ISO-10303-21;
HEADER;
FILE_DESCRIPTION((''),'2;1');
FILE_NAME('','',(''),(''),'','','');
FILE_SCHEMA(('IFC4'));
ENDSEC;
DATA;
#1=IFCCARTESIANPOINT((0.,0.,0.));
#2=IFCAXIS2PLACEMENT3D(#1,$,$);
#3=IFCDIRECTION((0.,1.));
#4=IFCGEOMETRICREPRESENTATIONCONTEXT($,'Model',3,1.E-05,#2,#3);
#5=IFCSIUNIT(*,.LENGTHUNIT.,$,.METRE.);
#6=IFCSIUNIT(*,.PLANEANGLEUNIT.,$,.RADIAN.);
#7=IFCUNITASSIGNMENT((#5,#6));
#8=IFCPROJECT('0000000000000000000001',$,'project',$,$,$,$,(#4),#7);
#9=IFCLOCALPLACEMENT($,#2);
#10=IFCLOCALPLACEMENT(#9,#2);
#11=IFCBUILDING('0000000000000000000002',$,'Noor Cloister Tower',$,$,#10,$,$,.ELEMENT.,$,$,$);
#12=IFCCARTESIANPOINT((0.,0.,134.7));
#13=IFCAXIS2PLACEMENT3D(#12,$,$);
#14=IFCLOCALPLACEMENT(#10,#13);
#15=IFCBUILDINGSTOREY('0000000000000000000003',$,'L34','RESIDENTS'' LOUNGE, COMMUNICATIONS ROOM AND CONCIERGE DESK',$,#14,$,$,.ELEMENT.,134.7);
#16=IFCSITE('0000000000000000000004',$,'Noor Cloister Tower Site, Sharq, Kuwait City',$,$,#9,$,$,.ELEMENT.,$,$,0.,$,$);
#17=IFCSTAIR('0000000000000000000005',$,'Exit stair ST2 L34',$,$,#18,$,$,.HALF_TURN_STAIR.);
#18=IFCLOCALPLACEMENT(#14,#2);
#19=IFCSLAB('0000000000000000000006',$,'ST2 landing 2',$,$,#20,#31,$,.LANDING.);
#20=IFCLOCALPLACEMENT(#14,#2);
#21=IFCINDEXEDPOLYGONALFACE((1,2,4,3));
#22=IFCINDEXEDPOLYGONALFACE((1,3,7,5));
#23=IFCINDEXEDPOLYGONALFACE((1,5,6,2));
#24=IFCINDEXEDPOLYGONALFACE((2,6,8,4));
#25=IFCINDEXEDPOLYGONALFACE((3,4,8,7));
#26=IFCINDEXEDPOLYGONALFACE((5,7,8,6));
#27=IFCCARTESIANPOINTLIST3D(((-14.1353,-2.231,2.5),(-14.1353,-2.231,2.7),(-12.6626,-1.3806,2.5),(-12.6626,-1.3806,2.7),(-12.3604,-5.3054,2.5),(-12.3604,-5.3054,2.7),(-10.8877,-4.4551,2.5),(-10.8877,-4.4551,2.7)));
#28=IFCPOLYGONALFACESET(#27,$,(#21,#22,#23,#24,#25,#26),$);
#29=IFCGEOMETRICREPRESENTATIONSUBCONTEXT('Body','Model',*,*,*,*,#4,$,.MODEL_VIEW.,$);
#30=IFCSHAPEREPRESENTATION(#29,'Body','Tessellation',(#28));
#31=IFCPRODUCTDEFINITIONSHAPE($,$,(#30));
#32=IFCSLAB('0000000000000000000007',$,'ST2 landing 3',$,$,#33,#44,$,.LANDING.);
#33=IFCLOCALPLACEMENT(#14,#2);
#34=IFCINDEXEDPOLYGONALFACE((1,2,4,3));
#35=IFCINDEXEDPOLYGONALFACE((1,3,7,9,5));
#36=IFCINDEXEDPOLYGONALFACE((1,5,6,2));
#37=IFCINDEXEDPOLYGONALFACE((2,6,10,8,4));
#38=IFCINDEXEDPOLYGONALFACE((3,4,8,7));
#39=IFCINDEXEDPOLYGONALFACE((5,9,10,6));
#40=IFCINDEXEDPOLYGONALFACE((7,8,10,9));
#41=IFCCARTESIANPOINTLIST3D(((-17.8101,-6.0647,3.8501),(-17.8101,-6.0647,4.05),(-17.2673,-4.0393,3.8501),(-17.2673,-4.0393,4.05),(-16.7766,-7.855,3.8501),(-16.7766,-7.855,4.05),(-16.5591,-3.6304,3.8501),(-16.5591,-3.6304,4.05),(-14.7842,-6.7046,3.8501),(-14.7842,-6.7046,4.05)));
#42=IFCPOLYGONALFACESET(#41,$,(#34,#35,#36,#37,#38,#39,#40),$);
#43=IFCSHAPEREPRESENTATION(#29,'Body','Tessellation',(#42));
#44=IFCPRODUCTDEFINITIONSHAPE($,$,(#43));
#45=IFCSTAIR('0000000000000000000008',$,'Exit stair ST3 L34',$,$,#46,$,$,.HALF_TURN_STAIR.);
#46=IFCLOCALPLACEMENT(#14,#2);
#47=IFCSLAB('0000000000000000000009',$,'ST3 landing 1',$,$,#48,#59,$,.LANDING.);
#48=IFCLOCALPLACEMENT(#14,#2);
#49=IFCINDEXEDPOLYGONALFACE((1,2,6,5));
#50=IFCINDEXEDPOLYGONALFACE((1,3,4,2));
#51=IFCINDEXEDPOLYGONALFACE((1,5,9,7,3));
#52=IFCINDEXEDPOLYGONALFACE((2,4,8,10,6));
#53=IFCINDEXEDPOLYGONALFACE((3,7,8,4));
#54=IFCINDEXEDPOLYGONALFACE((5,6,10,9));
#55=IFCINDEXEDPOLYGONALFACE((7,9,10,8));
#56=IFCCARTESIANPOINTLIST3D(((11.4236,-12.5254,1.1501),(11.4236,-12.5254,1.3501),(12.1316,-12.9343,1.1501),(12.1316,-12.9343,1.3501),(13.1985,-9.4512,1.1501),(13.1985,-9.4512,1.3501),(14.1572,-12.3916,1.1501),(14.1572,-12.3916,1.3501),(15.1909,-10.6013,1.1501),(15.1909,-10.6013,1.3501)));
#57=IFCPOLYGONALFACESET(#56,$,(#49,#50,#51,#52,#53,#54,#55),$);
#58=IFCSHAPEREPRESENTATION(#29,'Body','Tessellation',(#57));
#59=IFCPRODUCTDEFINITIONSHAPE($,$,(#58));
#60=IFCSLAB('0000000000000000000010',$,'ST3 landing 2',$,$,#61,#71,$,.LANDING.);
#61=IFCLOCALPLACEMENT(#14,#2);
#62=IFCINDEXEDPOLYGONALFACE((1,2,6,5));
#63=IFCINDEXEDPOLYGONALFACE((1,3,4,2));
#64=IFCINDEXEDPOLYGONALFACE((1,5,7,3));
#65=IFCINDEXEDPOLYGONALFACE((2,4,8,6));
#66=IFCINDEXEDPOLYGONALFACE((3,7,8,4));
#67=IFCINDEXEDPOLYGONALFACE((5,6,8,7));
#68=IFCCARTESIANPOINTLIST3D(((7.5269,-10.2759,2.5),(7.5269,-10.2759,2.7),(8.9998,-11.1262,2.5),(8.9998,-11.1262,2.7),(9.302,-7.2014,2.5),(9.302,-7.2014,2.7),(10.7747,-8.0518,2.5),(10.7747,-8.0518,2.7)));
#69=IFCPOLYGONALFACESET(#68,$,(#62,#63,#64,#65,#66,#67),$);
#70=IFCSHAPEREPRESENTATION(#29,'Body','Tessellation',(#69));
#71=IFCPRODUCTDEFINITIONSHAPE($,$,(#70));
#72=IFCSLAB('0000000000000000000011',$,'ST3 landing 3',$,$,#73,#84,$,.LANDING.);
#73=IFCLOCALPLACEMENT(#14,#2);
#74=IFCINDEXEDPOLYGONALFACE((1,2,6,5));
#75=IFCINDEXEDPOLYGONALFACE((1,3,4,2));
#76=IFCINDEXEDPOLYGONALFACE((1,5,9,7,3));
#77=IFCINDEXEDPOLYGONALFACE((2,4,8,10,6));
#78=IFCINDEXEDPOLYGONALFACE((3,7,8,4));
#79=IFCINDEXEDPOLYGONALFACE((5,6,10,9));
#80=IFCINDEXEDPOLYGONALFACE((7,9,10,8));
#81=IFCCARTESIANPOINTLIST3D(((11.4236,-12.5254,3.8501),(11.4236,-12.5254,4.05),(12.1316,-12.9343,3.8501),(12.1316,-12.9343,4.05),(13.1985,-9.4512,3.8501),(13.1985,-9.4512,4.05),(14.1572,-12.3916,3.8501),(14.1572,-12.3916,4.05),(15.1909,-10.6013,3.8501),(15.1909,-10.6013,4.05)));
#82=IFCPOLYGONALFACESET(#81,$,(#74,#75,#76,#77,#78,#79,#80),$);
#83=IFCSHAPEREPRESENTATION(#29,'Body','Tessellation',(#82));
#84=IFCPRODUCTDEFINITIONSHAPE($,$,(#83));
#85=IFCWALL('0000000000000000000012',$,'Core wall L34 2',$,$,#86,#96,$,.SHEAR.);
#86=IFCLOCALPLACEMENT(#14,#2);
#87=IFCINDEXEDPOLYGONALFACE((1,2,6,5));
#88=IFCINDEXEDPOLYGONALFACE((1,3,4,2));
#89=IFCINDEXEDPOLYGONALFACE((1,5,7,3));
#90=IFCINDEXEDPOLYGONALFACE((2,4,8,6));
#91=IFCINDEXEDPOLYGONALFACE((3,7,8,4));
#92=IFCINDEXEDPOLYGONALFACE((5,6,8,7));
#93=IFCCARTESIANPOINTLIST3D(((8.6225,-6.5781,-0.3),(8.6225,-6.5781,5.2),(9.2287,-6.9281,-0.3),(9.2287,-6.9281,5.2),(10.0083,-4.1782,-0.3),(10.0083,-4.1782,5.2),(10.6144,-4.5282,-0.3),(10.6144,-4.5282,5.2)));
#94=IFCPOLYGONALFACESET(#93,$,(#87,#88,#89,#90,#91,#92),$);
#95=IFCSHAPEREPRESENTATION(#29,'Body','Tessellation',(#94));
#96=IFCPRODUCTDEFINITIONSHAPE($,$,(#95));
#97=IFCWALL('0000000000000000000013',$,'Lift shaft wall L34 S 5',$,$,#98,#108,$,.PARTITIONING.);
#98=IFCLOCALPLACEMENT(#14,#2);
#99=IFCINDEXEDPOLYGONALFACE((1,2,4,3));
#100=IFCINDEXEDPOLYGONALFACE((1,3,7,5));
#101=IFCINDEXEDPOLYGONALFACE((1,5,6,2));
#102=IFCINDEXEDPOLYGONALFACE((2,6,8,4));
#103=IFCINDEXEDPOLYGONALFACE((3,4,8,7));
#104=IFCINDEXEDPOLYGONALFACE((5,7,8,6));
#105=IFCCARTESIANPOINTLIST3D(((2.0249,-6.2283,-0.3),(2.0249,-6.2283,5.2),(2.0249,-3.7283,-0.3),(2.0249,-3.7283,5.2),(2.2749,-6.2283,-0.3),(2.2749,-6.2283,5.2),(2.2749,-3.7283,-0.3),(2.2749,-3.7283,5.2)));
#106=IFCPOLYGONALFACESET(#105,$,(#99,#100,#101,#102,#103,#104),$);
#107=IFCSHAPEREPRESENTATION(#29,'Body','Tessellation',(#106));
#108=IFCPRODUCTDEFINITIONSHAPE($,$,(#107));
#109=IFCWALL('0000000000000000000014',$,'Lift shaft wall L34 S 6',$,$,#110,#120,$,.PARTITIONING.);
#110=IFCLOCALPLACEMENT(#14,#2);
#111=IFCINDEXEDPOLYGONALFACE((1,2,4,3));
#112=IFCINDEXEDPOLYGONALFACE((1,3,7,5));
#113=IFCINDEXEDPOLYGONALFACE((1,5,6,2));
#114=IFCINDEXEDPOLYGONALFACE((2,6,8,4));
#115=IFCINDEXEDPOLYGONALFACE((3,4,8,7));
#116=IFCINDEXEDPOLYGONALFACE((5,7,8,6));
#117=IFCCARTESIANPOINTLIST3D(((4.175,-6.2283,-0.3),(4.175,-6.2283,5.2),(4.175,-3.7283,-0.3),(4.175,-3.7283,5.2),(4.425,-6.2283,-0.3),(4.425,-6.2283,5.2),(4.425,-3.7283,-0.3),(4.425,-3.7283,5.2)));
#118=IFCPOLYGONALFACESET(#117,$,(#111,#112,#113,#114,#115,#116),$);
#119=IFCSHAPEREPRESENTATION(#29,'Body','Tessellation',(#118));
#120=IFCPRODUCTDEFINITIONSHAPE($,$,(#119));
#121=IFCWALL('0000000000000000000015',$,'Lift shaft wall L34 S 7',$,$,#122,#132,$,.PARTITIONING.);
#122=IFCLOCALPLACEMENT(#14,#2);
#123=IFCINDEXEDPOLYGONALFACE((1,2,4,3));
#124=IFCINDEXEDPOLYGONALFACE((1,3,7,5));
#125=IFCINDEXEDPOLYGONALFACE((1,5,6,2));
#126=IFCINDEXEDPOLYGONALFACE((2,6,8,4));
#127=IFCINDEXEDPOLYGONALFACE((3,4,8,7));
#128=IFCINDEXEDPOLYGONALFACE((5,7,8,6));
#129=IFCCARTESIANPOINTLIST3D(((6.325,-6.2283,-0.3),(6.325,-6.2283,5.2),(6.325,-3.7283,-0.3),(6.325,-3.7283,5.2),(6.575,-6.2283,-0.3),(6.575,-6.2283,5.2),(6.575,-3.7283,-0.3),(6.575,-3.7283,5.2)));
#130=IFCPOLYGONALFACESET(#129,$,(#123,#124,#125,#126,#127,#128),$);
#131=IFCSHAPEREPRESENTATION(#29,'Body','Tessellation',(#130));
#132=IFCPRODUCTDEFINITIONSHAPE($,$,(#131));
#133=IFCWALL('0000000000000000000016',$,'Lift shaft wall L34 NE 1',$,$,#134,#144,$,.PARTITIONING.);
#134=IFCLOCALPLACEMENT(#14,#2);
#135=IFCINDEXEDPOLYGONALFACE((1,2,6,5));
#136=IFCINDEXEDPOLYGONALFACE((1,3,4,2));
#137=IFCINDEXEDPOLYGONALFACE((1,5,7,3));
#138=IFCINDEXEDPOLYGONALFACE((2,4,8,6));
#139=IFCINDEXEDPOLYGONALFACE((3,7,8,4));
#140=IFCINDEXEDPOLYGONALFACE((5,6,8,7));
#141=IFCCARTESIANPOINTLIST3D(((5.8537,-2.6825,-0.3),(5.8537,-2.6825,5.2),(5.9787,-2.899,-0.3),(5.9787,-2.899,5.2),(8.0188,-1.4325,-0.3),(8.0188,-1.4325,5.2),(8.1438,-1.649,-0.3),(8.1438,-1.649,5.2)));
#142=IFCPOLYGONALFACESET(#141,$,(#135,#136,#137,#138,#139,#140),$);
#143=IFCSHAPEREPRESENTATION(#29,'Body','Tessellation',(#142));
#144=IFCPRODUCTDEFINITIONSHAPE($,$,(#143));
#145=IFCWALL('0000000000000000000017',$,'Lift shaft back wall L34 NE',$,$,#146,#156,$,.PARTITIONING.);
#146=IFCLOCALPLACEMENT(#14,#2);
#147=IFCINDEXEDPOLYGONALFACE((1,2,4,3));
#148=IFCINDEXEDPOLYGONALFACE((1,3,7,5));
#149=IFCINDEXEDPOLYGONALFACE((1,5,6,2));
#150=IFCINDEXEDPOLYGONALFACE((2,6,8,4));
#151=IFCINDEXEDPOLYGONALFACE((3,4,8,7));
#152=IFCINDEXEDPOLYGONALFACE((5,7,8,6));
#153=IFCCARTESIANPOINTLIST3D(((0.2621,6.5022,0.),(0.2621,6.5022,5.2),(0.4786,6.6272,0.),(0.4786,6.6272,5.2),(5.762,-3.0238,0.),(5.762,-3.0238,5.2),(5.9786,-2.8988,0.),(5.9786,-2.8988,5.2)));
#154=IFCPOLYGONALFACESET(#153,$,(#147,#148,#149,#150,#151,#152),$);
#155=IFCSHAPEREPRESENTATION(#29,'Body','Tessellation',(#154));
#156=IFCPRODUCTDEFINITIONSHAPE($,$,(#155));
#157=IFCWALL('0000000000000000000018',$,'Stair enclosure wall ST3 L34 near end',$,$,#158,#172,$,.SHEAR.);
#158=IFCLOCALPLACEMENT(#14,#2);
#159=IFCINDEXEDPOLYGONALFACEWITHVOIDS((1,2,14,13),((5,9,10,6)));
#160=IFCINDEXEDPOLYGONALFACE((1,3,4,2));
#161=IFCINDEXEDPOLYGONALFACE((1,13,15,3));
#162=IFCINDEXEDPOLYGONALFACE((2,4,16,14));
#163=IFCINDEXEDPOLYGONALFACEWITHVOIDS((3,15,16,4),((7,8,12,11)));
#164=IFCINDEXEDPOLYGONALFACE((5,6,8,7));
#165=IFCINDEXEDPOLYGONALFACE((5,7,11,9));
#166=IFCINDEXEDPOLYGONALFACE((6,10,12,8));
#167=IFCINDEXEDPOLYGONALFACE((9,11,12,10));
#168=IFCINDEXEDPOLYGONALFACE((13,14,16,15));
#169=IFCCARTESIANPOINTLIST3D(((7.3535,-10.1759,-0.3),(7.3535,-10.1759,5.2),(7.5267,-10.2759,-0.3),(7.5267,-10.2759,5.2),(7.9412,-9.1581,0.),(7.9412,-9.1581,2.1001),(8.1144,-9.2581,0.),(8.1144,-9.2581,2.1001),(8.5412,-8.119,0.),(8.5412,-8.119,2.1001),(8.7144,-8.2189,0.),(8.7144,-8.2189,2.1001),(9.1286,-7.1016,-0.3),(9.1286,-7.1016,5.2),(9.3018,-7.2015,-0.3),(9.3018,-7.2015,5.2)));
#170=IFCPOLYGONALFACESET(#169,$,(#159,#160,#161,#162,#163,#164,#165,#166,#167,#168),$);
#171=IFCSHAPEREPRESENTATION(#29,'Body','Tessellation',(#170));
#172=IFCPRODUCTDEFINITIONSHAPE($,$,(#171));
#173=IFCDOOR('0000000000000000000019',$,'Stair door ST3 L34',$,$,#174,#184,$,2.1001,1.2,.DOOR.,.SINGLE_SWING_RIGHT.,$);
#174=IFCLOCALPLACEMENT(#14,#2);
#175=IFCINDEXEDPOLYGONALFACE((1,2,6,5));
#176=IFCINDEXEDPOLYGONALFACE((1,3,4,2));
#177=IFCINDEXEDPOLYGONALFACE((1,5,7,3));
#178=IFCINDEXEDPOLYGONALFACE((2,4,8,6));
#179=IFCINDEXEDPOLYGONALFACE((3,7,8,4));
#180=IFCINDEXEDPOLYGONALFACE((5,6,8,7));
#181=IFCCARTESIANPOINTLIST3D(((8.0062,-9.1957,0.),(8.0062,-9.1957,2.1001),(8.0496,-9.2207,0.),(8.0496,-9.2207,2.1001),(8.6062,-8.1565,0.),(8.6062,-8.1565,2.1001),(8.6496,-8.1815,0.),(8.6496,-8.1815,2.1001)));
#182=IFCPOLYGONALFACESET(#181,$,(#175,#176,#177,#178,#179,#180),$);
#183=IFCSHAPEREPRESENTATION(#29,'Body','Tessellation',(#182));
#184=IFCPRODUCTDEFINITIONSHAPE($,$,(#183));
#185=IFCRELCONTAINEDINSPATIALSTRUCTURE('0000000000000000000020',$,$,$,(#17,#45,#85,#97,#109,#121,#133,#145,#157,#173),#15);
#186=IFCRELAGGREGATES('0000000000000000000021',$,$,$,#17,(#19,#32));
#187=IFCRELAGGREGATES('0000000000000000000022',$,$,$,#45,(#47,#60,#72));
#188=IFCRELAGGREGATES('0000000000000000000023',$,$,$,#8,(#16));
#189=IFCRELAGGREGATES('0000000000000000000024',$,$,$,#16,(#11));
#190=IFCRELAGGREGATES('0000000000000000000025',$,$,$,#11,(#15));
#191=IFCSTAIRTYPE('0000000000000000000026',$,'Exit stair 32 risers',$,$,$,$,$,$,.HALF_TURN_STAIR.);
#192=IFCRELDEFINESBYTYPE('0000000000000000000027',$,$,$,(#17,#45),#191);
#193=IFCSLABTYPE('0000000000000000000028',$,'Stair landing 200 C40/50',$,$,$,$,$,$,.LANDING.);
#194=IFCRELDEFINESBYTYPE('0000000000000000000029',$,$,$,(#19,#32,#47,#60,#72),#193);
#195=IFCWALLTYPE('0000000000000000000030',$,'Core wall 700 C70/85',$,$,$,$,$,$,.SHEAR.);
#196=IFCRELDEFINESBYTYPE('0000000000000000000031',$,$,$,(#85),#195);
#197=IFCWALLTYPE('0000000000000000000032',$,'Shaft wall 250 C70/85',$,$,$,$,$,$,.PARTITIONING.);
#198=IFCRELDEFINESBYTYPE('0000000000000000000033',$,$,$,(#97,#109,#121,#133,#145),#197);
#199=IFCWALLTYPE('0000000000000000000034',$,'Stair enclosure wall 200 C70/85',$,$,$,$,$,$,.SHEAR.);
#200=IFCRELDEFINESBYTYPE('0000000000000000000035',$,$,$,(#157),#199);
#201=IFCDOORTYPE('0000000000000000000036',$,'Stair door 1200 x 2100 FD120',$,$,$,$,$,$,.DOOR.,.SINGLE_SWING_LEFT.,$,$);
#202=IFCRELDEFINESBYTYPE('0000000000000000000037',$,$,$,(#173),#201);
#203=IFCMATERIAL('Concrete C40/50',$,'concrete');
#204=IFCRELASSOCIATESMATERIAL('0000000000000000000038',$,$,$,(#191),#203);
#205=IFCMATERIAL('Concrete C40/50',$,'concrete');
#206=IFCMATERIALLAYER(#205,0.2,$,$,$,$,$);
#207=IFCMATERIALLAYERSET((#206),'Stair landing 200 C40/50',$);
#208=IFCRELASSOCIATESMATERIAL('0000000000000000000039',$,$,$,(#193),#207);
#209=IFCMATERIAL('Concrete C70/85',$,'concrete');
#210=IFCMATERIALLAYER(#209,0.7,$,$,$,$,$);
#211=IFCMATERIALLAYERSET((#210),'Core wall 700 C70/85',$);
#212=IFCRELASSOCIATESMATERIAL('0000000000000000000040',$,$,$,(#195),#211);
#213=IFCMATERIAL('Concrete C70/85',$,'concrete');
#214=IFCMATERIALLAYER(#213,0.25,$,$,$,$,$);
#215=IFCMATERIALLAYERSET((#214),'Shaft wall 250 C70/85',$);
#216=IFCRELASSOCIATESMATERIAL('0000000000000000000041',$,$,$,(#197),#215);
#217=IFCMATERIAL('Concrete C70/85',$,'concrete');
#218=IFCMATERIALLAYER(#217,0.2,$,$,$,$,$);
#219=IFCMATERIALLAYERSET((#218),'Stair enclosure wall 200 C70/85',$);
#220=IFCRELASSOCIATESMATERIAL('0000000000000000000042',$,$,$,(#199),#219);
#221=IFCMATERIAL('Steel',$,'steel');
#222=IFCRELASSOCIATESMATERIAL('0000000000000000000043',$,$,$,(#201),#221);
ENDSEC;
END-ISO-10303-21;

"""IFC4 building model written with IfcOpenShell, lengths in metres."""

from ifc_helpers import new_model, si_unit, direction, frame, frame_2d, origin, place, context, subcontext, project, spatial, polyline, rectangle, outline, extrude, material, layer, layer_set, type_object, element, fill, aggregate, save


model = new_model("IFC4")

# Units and contexts
model_context = context("Model", 3, precision=1e-05, world=origin(), true_north=direction((0.0, 1.0)))
body_context = subcontext(model_context, "Body", "Model", "MODEL_VIEW")
ifc_project = project(units=[si_unit("LENGTHUNIT", "METRE"), si_unit("PLANEANGLEUNIT", "RADIAN")], contexts=[model_context])

# Site, building, storey
site_placement = place(None, origin())
site = spatial("IfcSite", under=ifc_project, at=site_placement, Name="Noor Cloister Tower Site, Sharq, Kuwait City", CompositionType="ELEMENT", RefElevation=0.0)
building_placement = place(site_placement, origin())
building = spatial("IfcBuilding", under=site, at=building_placement, Name="Noor Cloister Tower", CompositionType="ELEMENT")
storey_placement = place(building_placement, frame((0.0, 0.0, 134.7)))
storey = spatial("IfcBuildingStorey", under=building, at=storey_placement, Name="L34", Description="RESIDENTS' LOUNGE, COMMUNICATIONS ROOM AND CONCIERGE DESK", CompositionType="ELEMENT", Elevation=134.7)

# Stairs, slabs
ifc_material_1 = material(Name="Concrete C40/50", Category="concrete")
stair_type = type_object("IfcStairType", Name="Exit stair 32 risers", PredefinedType="HALF_TURN_STAIR", material=ifc_material_1)
stair_1_placement = place(storey_placement, origin())
stair_1 = element("IfcStair", 1, at=stair_1_placement, inside=storey, type_object=stair_type, Name="Exit stair ST2 L34", PredefinedType="HALF_TURN_STAIR")
ifc_material_2 = material(Name="Concrete C40/50", Category="concrete")
ifc_layer_1 = layer(ifc_material_2, 0.2)
ifc_layer_set_1 = layer_set([ifc_layer_1], Name="Stair landing 200 C40/50")
slab_type = type_object("IfcSlabType", Name="Stair landing 200 C40/50", PredefinedType="LANDING", material=ifc_layer_set_1)
slab_1_placement = place(storey_placement, frame((0.0, 0.0, 2.5)))
slab_1 = element("IfcSlab", 2, at=slab_1_placement, type_object=slab_type, Name="ST2 landing 2", PredefinedType="LANDING", context=body_context, shape_type="SweptSolid", body=[
    extrude(outline(polyline([(-12.3604, -5.3054), (-10.8877, -4.4551), (-12.6626, -1.3806), (-14.1353, -2.231), (-12.3604, -5.3054)])), origin(), (0.0, 0.0, 1.0), 0.2),
])
slab_2_placement = place(storey_placement, frame((0.0, 0.0, 3.8501)))
slab_2 = element("IfcSlab", 3, at=slab_2_placement, type_object=slab_type, Name="ST2 landing 3", PredefinedType="LANDING", context=body_context, shape_type="SweptSolid", body=[
    extrude(outline(polyline([(-16.5591, -3.6304), (-17.2673, -4.0393), (-17.8101, -6.0647), (-16.7766, -7.855), (-14.7842, -6.7046), (-16.5591, -3.6304)])), origin(), (0.0, 0.0, 1.0), 0.2),
])
aggregate(stair_1, [slab_1, slab_2])
stair_2_placement = place(storey_placement, origin())
stair_2 = element("IfcStair", 4, at=stair_2_placement, inside=storey, type_object=stair_type, Name="Exit stair ST3 L34", PredefinedType="HALF_TURN_STAIR")
slab_3_placement = place(storey_placement, frame((0.0, 0.0, 1.1501)))
slab_3 = element("IfcSlab", 5, at=slab_3_placement, type_object=slab_type, Name="ST3 landing 1", PredefinedType="LANDING", context=body_context, shape_type="SweptSolid", body=[
    extrude(outline(polyline([(11.4236, -12.5254), (12.1316, -12.9343), (14.1572, -12.3916), (15.1909, -10.6013), (13.1985, -9.4512), (11.4236, -12.5254)])), origin(), (0.0, 0.0, 1.0), 0.2),
])
slab_4_placement = place(storey_placement, frame((0.0, 0.0, 2.5)))
slab_4 = element("IfcSlab", 6, at=slab_4_placement, type_object=slab_type, Name="ST3 landing 2", PredefinedType="LANDING", context=body_context, shape_type="SweptSolid", body=[
    extrude(outline(polyline([(10.7747, -8.0518), (9.302, -7.2014), (7.5269, -10.2759), (8.9998, -11.1262), (10.7747, -8.0518)])), origin(), (0.0, 0.0, 1.0), 0.2),
])
slab_5_placement = place(storey_placement, frame((0.0, 0.0, 3.8501)))
slab_5 = element("IfcSlab", 7, at=slab_5_placement, type_object=slab_type, Name="ST3 landing 3", PredefinedType="LANDING", context=body_context, shape_type="SweptSolid", body=[
    extrude(outline(polyline([(11.4236, -12.5254), (12.1316, -12.9343), (14.1572, -12.3916), (15.1909, -10.6013), (13.1985, -9.4512), (11.4236, -12.5254)])), origin(), (0.0, 0.0, 1.0), 0.2),
])
aggregate(stair_2, [slab_3, slab_4, slab_5])

# Walls
ifc_material_3 = material(Name="Concrete C70/85", Category="concrete")
ifc_layer_2 = layer(ifc_material_3, 0.7)
ifc_layer_set_2 = layer_set([ifc_layer_2], Name="Core wall 700 C70/85")
wall_type_1 = type_object("IfcWallType", Name="Core wall 700 C70/85", PredefinedType="SHEAR", material=ifc_layer_set_2)
wall_1_placement = place(storey_placement, frame((8.9255, -6.7532, -0.3), z_axis=(0.0, 0.0, 1.0), x_axis=(0.500043, 0.866001, 0.0)))
element("IfcWall", 8, at=wall_1_placement, inside=storey, type_object=wall_type_1, Name="Core wall L34 2", PredefinedType="SHEAR", context=body_context, shape_type="SweptSolid", body=[
    extrude(rectangle(XDim=2.7712, YDim=0.7, at=frame_2d((1.3857, 0.0))), origin(), (0.0, 0.0, 1.0), 5.5),
])
ifc_material_4 = material(Name="Concrete C70/85", Category="concrete")
ifc_layer_3 = layer(ifc_material_4, 0.25)
ifc_layer_set_3 = layer_set([ifc_layer_3], Name="Shaft wall 250 C70/85")
wall_type_2 = type_object("IfcWallType", Name="Shaft wall 250 C70/85", PredefinedType="PARTITIONING", material=ifc_layer_set_3)
for number, where, z_axis, x_axis, name in (
    (9, (2.1499, -6.2283, -0.3), (0.0, 0.0, 1.0), (0.0, 1.0, 0.0), "Lift shaft wall L34 S 5"),
    (10, (4.3, -6.2283, -0.3), (0.0, 0.0, 1.0), (0.0, 1.0, 0.0), "Lift shaft wall L34 S 6"),
    (11, (6.45, -6.2283, -0.3), (0.0, 0.0, 1.0), (0.0, 1.0, 0.0), "Lift shaft wall L34 S 7"),
    (12, (8.0813, -1.5408, -0.3), (0.0, 0.0, 1.0), (-0.866023, -0.500004, 0.0), "Lift shaft wall L34 NE 1"),
):
    element("IfcWall", number, at=place(storey_placement, frame(where, z_axis=z_axis, x_axis=x_axis)), inside=storey, type_object=wall_type_2, Name=name, PredefinedType="PARTITIONING", context=body_context, shape_type="SweptSolid", body=[
        extrude(rectangle(XDim=2.5, YDim=0.25, at=frame_2d((1.25, 0.0))), origin(), (0.0, 0.0, 1.0), 5.5),
    ])
wall_2_placement = place(storey_placement, frame((5.8704, -2.9614, 0.0), z_axis=(0.0, 0.0, 1.0), x_axis=(-0.500006, 0.866022, 0.0)))
element("IfcWall", 13, at=wall_2_placement, inside=storey, type_object=wall_type_2, Name="Lift shaft back wall L34 NE", PredefinedType="PARTITIONING", context=body_context, shape_type="SweptSolid", body=[
    extrude(rectangle(XDim=10.9998, YDim=0.25, at=frame_2d((5.5, 0.0))), origin(), (0.0, 0.0, 1.0), 5.2),
])

# Wall, opening, door
ifc_material_5 = material(Name="Concrete C70/85", Category="concrete")
ifc_layer_4 = layer(ifc_material_5, 0.2)
ifc_layer_set_4 = layer_set([ifc_layer_4], Name="Stair enclosure wall 200 C70/85")
wall_type_3 = type_object("IfcWallType", Name="Stair enclosure wall 200 C70/85", PredefinedType="SHEAR", material=ifc_layer_set_4)
wall_3_placement = place(storey_placement, frame((7.4402, -10.2258, -0.3), z_axis=(0.0, 0.0, 1.0), x_axis=(0.500022, 0.866013, 0.0)))
wall_3 = element("IfcWall", 14, at=wall_3_placement, inside=storey, type_object=wall_type_3, Name="Stair enclosure wall ST3 L34 near end", PredefinedType="SHEAR", context=body_context, shape_type="SweptSolid", body=[
    extrude(rectangle(XDim=3.55, YDim=0.2, at=frame_2d((1.7749, 0.0))), origin(), (0.0, 0.0, 1.0), 5.5),
])
opening_1_placement = place(wall_3_placement, frame((1.175, 0.0, 0.3)))
opening_1 = element("IfcOpeningElement", 15, at=opening_1_placement, cuts=wall_3, PredefinedType="OPENING", context=body_context, shape_type="SweptSolid", body=[
    extrude(rectangle(XDim=1.2, YDim=2.1001, at=frame_2d((0.6001, 1.05))), frame((0.0, 0.1099, 0.0), z_axis=(0.0, -1.0, 0.0), x_axis=(1.0, 0.0, 0.0)), (0.0, 0.0, 1.0), 0.22),
])
ifc_material_6 = material(Name="Steel", Category="steel")
door_type_1 = type_object("IfcDoorType", Name="Stair door 1200 x 2100 FD120", OperationType="SINGLE_SWING_LEFT", PredefinedType="DOOR", material=ifc_material_6)
door_1_placement = place(opening_1_placement, origin())
door_1 = element("IfcDoor", 16, at=door_1_placement, inside=storey, type_object=door_type_1, Name="Stair door ST3 L34", OperationType="SINGLE_SWING_RIGHT", OverallHeight=2.1001, OverallWidth=1.2, PredefinedType="DOOR", context=body_context, shape_type="SweptSolid", body=[
    extrude(rectangle(XDim=1.2, YDim=2.1001, at=frame_2d((0.6001, 1.05))), frame((0.0, 0.0249, 0.0), z_axis=(0.0, -1.0, 0.0), x_axis=(1.0, 0.0, 0.0)), (0.0, 0.0, 1.0), 0.05),
])
fill(opening_1, door_1)

save(model, "model.ifc")
